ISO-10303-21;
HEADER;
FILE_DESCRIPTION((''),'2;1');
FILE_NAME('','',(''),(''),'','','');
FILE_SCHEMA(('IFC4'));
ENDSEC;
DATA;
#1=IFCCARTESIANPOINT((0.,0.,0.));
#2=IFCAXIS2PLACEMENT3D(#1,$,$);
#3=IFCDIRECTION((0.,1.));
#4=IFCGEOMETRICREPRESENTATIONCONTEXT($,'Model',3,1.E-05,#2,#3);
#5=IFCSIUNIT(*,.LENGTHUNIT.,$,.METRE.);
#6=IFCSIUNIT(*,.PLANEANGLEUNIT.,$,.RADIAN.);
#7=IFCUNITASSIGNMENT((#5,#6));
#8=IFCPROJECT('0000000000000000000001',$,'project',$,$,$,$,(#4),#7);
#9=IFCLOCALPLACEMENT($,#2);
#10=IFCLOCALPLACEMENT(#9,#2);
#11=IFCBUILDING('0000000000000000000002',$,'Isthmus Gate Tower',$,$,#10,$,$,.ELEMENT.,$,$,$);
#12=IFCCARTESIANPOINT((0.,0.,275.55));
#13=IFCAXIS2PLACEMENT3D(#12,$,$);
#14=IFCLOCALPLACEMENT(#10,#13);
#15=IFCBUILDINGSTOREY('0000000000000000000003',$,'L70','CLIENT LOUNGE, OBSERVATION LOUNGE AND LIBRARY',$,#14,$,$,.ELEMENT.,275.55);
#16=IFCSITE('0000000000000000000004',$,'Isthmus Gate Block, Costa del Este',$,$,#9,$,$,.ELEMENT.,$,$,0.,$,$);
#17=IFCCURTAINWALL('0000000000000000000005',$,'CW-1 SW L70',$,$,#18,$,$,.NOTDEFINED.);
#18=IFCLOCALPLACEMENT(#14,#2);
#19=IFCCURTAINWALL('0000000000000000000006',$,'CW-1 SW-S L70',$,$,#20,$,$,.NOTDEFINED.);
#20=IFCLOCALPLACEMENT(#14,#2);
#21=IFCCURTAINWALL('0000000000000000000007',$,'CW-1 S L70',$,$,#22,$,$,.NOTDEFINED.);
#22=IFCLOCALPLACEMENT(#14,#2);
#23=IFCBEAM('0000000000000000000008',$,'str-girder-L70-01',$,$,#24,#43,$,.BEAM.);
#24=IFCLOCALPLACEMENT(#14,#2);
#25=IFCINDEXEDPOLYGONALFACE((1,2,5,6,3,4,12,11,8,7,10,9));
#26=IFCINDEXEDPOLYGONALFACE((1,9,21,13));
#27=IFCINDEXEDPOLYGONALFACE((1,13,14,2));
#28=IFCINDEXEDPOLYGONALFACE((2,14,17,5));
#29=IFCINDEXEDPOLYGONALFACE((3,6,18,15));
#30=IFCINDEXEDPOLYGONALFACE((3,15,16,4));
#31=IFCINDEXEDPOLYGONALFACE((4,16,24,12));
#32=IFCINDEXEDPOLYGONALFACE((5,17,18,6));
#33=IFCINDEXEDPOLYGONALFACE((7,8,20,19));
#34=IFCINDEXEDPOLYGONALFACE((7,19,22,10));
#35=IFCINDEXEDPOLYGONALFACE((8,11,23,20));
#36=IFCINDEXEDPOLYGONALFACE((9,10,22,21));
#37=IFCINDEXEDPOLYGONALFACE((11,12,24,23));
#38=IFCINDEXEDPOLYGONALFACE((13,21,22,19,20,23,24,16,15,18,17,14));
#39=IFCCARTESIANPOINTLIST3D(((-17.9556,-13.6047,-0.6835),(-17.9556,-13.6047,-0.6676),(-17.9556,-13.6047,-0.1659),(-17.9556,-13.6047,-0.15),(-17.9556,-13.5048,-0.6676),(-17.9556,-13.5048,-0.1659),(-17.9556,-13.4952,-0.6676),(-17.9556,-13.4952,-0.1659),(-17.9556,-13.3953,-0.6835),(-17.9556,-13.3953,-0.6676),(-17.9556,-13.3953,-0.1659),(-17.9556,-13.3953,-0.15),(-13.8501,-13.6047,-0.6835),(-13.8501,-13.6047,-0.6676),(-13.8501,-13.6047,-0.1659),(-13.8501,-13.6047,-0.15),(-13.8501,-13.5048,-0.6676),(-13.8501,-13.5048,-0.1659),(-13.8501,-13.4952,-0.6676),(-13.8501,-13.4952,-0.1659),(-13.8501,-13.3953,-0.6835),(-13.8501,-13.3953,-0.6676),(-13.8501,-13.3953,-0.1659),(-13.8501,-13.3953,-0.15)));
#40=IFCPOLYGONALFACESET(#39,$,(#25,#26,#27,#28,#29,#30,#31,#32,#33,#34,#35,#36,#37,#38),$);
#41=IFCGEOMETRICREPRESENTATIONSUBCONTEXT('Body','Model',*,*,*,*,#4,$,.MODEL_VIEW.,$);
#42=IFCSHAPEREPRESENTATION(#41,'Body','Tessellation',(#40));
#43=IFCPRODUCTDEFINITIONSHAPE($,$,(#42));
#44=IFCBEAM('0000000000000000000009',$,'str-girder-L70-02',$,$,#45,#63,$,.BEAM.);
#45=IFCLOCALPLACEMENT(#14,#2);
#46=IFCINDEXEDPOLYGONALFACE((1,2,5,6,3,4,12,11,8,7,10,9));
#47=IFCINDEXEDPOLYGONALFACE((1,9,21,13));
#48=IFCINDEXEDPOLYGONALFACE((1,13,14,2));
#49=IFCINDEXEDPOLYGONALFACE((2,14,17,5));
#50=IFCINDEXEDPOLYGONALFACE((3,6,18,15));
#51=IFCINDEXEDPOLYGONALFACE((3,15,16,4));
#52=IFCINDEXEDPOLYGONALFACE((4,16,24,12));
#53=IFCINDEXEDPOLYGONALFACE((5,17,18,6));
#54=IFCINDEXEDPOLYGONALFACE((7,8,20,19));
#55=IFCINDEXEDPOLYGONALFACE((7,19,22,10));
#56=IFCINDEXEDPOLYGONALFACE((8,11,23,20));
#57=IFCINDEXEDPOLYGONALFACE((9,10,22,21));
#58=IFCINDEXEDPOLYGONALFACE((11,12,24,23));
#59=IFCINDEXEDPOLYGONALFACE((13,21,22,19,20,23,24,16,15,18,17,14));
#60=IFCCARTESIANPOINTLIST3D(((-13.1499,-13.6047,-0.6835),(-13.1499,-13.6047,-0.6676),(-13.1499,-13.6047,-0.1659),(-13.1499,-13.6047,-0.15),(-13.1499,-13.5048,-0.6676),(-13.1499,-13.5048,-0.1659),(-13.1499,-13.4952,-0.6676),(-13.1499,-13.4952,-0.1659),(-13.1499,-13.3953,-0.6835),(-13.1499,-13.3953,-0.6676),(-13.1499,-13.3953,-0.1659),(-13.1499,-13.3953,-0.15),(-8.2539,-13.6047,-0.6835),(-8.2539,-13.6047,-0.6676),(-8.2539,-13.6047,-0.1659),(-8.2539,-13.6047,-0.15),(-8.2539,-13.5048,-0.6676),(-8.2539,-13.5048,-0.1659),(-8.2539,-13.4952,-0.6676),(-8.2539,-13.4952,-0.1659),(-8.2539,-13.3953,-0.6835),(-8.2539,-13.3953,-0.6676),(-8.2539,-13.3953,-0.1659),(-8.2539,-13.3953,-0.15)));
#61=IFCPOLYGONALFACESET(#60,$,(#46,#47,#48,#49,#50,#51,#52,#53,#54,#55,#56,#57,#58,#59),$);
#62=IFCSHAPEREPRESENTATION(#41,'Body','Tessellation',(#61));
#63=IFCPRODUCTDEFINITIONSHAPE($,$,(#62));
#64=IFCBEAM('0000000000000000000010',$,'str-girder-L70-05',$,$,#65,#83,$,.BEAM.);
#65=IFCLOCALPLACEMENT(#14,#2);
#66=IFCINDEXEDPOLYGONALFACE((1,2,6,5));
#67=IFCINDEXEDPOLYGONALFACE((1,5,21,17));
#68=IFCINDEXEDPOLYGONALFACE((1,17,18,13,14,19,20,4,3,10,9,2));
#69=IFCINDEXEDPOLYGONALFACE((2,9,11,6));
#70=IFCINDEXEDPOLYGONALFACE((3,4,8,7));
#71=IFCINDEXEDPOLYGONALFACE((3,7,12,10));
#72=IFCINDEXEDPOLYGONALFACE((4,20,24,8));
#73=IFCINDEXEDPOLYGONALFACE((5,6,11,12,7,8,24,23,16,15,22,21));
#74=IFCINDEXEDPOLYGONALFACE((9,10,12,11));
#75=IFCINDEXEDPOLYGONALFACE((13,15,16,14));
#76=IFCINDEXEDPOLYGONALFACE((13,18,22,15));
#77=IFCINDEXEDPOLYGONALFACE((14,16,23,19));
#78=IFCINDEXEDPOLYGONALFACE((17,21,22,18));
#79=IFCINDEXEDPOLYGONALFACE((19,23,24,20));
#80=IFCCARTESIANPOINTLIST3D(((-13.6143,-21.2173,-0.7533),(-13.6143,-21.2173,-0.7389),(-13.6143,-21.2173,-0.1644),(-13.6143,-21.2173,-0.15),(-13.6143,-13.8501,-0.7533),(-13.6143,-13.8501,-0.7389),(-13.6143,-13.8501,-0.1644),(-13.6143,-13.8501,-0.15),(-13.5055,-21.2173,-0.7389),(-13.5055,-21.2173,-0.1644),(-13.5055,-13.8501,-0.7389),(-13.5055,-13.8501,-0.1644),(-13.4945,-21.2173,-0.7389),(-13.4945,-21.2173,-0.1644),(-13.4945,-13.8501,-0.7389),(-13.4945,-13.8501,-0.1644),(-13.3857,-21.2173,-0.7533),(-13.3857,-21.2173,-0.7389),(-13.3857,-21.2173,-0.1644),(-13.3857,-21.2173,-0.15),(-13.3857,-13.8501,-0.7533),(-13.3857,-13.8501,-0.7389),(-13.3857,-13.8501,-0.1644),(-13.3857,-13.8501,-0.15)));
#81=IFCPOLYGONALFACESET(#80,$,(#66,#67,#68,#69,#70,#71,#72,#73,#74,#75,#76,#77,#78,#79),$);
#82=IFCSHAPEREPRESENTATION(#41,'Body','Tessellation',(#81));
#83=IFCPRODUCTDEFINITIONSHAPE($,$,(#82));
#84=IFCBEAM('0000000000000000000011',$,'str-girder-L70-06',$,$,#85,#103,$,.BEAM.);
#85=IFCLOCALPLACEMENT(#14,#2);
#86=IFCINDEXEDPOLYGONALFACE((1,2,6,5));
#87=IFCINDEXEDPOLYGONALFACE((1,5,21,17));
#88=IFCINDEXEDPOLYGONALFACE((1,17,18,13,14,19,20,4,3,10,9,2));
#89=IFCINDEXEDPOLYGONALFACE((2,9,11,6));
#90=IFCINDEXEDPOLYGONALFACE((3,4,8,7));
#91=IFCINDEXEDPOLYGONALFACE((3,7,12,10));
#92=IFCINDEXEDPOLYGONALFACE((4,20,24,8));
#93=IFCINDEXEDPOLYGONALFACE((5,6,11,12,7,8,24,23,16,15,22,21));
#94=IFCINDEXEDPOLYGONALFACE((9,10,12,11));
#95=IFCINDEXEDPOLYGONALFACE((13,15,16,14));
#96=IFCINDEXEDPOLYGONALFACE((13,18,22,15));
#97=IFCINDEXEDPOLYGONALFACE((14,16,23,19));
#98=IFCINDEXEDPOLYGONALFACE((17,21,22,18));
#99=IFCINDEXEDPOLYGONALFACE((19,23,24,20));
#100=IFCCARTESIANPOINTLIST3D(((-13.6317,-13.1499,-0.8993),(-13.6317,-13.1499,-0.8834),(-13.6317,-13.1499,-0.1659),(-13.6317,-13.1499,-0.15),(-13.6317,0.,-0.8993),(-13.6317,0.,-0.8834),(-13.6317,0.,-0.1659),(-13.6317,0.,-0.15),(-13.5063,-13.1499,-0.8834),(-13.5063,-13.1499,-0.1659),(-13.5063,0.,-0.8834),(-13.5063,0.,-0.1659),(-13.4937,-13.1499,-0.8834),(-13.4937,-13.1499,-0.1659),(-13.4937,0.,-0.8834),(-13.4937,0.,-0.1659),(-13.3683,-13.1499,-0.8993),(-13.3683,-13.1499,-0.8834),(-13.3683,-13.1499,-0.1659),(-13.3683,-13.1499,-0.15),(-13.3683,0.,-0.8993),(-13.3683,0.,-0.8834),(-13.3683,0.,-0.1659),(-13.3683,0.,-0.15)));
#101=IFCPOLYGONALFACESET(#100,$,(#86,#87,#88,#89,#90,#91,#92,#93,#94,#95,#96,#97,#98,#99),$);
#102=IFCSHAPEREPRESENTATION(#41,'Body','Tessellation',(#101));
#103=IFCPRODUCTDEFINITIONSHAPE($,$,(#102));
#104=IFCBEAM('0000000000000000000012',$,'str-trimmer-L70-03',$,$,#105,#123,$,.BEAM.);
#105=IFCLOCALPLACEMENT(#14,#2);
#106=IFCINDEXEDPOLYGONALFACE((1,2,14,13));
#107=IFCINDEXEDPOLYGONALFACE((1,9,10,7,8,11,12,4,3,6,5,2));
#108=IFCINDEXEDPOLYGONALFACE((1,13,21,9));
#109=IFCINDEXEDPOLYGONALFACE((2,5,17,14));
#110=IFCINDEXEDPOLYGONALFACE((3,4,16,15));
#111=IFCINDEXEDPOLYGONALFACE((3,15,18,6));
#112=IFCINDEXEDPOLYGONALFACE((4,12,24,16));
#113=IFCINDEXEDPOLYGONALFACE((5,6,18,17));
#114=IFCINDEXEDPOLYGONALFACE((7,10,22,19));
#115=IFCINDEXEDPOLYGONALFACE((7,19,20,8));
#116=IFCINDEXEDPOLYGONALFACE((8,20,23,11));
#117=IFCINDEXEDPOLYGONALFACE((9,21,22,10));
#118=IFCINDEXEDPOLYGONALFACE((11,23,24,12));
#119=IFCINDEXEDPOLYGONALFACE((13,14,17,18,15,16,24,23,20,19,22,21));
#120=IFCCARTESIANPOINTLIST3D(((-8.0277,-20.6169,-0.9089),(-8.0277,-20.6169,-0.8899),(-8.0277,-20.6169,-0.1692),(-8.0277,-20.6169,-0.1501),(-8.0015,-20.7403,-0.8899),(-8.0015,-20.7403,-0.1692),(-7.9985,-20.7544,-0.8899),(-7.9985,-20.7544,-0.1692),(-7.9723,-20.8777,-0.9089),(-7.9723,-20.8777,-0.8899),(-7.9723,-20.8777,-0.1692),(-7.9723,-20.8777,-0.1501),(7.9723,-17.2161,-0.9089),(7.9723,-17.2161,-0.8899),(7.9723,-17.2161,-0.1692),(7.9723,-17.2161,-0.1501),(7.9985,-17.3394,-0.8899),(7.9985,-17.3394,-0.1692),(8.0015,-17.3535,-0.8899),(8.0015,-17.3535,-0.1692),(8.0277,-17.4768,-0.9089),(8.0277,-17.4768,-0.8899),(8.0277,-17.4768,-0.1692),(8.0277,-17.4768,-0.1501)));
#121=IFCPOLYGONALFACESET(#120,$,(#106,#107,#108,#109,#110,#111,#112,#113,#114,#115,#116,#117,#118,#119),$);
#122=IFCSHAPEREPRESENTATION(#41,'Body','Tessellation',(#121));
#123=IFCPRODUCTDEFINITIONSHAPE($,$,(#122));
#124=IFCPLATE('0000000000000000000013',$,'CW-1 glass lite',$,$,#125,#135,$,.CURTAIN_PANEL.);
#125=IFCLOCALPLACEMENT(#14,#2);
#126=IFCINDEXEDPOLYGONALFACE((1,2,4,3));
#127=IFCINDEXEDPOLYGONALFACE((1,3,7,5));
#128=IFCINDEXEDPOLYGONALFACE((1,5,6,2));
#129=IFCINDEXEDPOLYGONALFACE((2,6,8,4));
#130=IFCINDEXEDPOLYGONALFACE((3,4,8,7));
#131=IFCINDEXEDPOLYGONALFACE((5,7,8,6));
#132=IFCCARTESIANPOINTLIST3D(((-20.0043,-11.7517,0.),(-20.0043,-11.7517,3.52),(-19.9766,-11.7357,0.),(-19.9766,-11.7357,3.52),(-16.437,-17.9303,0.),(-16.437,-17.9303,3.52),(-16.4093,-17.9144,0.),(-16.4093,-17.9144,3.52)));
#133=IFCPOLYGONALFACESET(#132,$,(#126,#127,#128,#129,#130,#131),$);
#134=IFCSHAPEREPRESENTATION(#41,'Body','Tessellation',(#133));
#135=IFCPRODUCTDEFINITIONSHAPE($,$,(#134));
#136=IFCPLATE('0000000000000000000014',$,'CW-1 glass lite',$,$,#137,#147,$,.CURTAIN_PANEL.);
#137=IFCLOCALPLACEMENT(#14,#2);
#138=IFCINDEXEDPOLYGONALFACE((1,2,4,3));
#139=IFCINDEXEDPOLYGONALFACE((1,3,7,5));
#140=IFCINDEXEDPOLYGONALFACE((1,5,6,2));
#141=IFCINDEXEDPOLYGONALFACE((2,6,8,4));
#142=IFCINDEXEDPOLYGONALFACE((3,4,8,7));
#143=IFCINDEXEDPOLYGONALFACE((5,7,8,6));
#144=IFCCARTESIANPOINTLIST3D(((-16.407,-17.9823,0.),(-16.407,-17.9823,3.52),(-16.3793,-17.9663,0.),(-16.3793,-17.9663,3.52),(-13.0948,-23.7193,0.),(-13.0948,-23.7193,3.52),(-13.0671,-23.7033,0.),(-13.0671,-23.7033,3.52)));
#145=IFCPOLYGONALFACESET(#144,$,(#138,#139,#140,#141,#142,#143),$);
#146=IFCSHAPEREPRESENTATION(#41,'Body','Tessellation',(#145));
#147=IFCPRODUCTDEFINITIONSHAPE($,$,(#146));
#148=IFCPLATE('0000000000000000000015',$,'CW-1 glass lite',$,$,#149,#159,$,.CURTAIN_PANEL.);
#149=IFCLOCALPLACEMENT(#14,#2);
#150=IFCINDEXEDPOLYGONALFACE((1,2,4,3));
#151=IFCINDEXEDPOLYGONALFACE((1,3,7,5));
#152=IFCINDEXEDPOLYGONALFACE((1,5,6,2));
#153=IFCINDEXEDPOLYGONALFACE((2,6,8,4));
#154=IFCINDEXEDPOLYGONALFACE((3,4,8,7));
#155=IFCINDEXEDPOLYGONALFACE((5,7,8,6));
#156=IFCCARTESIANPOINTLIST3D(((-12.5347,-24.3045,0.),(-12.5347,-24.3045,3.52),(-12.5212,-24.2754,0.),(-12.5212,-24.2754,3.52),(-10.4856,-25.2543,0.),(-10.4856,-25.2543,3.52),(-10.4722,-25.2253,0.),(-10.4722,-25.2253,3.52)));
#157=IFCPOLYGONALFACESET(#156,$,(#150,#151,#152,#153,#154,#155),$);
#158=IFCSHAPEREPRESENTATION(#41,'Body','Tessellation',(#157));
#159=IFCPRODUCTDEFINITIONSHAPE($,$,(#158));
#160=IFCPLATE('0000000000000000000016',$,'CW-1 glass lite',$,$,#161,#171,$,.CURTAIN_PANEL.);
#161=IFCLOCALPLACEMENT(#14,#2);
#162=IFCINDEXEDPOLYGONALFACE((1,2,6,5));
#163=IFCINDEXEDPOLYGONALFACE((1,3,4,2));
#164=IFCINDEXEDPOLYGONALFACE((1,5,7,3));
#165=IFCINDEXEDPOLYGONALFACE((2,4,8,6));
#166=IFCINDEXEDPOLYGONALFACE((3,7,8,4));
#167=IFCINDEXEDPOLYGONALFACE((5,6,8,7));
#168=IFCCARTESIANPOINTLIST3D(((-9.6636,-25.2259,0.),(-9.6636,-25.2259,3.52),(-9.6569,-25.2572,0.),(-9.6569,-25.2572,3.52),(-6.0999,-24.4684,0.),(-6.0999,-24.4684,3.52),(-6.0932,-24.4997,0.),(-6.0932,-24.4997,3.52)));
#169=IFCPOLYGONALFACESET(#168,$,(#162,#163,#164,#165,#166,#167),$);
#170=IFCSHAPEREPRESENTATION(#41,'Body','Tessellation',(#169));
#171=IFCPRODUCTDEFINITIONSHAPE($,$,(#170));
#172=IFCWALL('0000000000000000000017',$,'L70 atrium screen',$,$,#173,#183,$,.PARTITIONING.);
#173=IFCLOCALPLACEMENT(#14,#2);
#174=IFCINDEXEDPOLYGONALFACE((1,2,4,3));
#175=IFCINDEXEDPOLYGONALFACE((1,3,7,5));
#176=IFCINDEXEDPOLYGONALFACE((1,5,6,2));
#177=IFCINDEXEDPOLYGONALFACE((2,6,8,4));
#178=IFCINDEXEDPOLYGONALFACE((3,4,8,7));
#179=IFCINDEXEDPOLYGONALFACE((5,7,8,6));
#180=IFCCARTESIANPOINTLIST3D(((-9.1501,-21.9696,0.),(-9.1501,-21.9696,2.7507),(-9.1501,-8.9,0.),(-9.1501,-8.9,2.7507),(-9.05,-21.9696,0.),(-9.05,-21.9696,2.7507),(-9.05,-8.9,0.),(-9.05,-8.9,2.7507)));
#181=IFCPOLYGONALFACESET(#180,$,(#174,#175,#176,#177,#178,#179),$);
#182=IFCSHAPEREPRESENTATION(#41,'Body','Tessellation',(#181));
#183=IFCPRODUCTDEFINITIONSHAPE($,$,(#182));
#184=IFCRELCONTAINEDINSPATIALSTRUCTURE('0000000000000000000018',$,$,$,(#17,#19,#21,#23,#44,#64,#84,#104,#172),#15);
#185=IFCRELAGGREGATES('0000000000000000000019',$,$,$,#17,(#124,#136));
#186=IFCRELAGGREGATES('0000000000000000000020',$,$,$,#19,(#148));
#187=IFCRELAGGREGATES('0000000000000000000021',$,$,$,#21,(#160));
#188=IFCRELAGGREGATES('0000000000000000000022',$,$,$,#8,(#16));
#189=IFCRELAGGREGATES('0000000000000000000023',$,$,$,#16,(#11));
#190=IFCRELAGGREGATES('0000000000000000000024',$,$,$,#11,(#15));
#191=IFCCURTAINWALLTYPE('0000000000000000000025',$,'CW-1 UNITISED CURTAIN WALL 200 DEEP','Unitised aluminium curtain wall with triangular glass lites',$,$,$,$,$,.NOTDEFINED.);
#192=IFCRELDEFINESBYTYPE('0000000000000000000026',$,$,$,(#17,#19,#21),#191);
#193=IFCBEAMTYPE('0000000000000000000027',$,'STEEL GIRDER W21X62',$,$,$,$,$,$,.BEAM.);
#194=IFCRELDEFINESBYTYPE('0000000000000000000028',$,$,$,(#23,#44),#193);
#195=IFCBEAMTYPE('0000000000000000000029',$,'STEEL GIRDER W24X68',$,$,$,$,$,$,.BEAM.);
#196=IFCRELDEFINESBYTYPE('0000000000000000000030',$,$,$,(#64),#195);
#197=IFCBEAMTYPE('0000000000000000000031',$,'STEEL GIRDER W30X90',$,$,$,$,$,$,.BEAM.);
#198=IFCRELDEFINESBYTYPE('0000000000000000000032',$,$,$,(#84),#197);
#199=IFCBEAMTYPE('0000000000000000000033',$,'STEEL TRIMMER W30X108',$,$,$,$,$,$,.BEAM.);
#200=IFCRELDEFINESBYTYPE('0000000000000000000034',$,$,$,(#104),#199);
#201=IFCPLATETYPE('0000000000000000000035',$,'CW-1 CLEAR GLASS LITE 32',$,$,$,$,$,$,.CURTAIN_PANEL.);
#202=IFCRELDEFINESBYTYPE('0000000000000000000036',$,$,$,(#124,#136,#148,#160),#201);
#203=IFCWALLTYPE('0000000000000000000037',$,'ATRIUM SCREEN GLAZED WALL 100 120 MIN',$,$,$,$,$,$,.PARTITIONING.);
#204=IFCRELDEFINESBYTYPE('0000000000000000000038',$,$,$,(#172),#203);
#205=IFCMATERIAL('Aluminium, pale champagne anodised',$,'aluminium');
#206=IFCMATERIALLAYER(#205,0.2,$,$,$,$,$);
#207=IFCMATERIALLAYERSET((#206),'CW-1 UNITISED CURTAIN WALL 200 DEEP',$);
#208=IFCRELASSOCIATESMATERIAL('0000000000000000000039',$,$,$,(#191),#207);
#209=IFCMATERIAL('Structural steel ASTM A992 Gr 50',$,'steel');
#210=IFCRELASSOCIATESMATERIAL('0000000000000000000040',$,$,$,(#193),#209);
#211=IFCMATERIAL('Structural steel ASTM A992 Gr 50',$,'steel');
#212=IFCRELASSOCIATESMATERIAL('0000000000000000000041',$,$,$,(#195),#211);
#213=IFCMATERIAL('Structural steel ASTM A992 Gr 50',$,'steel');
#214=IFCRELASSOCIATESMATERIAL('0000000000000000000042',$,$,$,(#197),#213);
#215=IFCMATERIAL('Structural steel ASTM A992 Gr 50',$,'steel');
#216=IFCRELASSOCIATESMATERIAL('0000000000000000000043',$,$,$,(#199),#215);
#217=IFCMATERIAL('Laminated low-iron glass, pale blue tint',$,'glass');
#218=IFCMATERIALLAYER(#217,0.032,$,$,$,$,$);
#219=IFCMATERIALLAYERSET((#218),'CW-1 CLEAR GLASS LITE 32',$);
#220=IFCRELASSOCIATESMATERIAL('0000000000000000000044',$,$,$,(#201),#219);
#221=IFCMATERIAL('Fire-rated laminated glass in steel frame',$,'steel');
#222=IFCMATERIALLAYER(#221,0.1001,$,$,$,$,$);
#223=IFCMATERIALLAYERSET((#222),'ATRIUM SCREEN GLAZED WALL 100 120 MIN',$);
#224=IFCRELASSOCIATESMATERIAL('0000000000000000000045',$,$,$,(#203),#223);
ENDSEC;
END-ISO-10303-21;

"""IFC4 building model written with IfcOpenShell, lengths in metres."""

from ifc_helpers import new_model, si_unit, direction, frame, frame_2d, origin, origin_2d, place, context, subcontext, project, spatial, rectangle, i_section, extrude, material, layer, layer_set, material_profile, profile_set, type_object, element, aggregate, save


model = new_model("IFC4")

# Units and contexts
model_context = context("Model", 3, precision=1e-05, world=origin(), true_north=direction((0.0, 1.0)))
body_context = subcontext(model_context, "Body", "Model", "MODEL_VIEW")
ifc_project = project(units=[si_unit("LENGTHUNIT", "METRE"), si_unit("PLANEANGLEUNIT", "RADIAN")], contexts=[model_context])

# Site, building, storey
site_placement = place(None, origin())
site = spatial("IfcSite", under=ifc_project, at=site_placement, Name="Isthmus Gate Block, Costa del Este", CompositionType="ELEMENT", RefElevation=0.0)
building_placement = place(site_placement, origin())
building = spatial("IfcBuilding", under=site, at=building_placement, Name="Isthmus Gate Tower", CompositionType="ELEMENT")
storey_placement = place(building_placement, frame((0.0, 0.0, 275.55)))
storey = spatial("IfcBuildingStorey", under=building, at=storey_placement, Name="L70", Description="CLIENT LOUNGE, OBSERVATION LOUNGE AND LIBRARY", CompositionType="ELEMENT", Elevation=275.55)

# Curtain walls
ifc_material_1 = material(Name="Aluminium, pale champagne anodised", Category="aluminium")
ifc_layer_1 = layer(ifc_material_1, 0.2)
ifc_layer_set_1 = layer_set([ifc_layer_1], Name="CW-1 UNITISED CURTAIN WALL 200 DEEP")
curtain_wall_type = type_object("IfcCurtainWallType", Name="CW-1 UNITISED CURTAIN WALL 200 DEEP", Description="Unitised aluminium curtain wall with triangular glass lites", PredefinedType="NOTDEFINED", material=ifc_layer_set_1)
curtain_wall_1_placement = place(storey_placement, origin())
curtain_wall_1 = element("IfcCurtainWall", 1, at=curtain_wall_1_placement, inside=storey, type_object=curtain_wall_type, Name="CW-1 SW L70", PredefinedType="NOTDEFINED")
curtain_wall_2_placement = place(storey_placement, origin())
curtain_wall_2 = element("IfcCurtainWall", 2, at=curtain_wall_2_placement, inside=storey, type_object=curtain_wall_type, Name="CW-1 SW-S L70", PredefinedType="NOTDEFINED")

# Curtain wall
curtain_wall_3_placement = place(storey_placement, origin())
curtain_wall_3 = element("IfcCurtainWall", 3, at=curtain_wall_3_placement, inside=storey, type_object=curtain_wall_type, Name="CW-1 S L70", PredefinedType="NOTDEFINED")

# Beams
ifc_material_2 = material(Name="Structural steel ASTM A992 Gr 50", Category="steel")
ifc_material_profile_1 = material_profile(ifc_material_2, i_section(OverallWidth=0.2095, OverallDepth=0.5334, WebThickness=0.0095, FlangeThickness=0.0159, at=origin_2d()), Name="W21X62")
ifc_profile_set_1 = profile_set([ifc_material_profile_1], Name="Structural steel ASTM A992 Gr 50")
beam_type_1 = type_object("IfcBeamType", Name="STEEL GIRDER W21X62", PredefinedType="BEAM", material=ifc_profile_set_1)
beam_1_placement = place(storey_placement, frame((-17.9556, -13.5, -0.4167), z_axis=(1.0, 0.0, 0.0), x_axis=(0.0, 1.0, 0.0)))
element("IfcBeam", 4, at=beam_1_placement, inside=storey, type_object=beam_type_1, Name="str-girder-L70-01", PredefinedType="BEAM", context=body_context, shape_type="SweptSolid", body=[
    extrude(i_section(OverallWidth=0.2095, OverallDepth=0.5334, WebThickness=0.0095, FlangeThickness=0.0159, at=origin_2d()), origin(), (0.0, 0.0, 1.0), 4.1055),
])
beam_2_placement = place(storey_placement, frame((-13.1499, -13.5, -0.4167), z_axis=(1.0, 0.0, 0.0), x_axis=(0.0, 1.0, 0.0)))
element("IfcBeam", 5, at=beam_2_placement, inside=storey, type_object=beam_type_1, Name="str-girder-L70-02", PredefinedType="BEAM", context=body_context, shape_type="SweptSolid", body=[
    extrude(i_section(OverallWidth=0.2095, OverallDepth=0.5334, WebThickness=0.0095, FlangeThickness=0.0159, at=origin_2d()), origin(), (0.0, 0.0, 1.0), 4.896),
])
ifc_material_3 = material(Name="Structural steel ASTM A992 Gr 50", Category="steel")
ifc_material_profile_2 = material_profile(ifc_material_3, i_section(OverallWidth=0.2285, OverallDepth=0.6033, WebThickness=0.011, FlangeThickness=0.0144, at=origin_2d()), Name="W24X68")
ifc_profile_set_2 = profile_set([ifc_material_profile_2], Name="Structural steel ASTM A992 Gr 50")
beam_type_2 = type_object("IfcBeamType", Name="STEEL GIRDER W24X68", PredefinedType="BEAM", material=ifc_profile_set_2)
beam_3_placement = place(storey_placement, frame((-13.5, -21.2173, -0.4517), z_axis=(0.0, 1.0, 0.0), x_axis=(-1.0, 0.0, 0.0)))
element("IfcBeam", 6, at=beam_3_placement, inside=storey, type_object=beam_type_2, Name="str-girder-L70-05", PredefinedType="BEAM", context=body_context, shape_type="SweptSolid", body=[
    extrude(i_section(OverallWidth=0.2285, OverallDepth=0.6033, WebThickness=0.011, FlangeThickness=0.0144, at=origin_2d()), origin(), (0.0, 0.0, 1.0), 7.3672),
])
ifc_material_4 = material(Name="Structural steel ASTM A992 Gr 50", Category="steel")
ifc_material_profile_3 = material_profile(ifc_material_4, i_section(OverallWidth=0.2634, OverallDepth=0.7493, WebThickness=0.0127, FlangeThickness=0.0159, at=origin_2d()), Name="W30X90")
ifc_profile_set_3 = profile_set([ifc_material_profile_3], Name="Structural steel ASTM A992 Gr 50")
beam_type_3 = type_object("IfcBeamType", Name="STEEL GIRDER W30X90", PredefinedType="BEAM", material=ifc_profile_set_3)
beam_4_placement = place(storey_placement, frame((-13.5, -13.1499, -0.5247), z_axis=(0.0, 1.0, 0.0), x_axis=(-1.0, 0.0, 0.0)))
element("IfcBeam", 7, at=beam_4_placement, inside=storey, type_object=beam_type_3, Name="str-girder-L70-06", PredefinedType="BEAM", context=body_context, shape_type="SweptSolid", body=[
    extrude(i_section(OverallWidth=0.2634, OverallDepth=0.7493, WebThickness=0.0127, FlangeThickness=0.0159, at=origin_2d()), origin(), (0.0, 0.0, 1.0), 13.1499),
])
ifc_material_5 = material(Name="Structural steel ASTM A992 Gr 50", Category="steel")
ifc_material_profile_4 = material_profile(ifc_material_5, i_section(OverallWidth=0.2666, OverallDepth=0.7588, WebThickness=0.0144, FlangeThickness=0.019, at=origin_2d()), Name="W30X108")
ifc_profile_set_4 = profile_set([ifc_material_profile_4], Name="Structural steel ASTM A992 Gr 50")
beam_type_4 = type_object("IfcBeamType", Name="STEEL TRIMMER W30X108", PredefinedType="BEAM", material=ifc_profile_set_4)
beam_5_placement = place(storey_placement, frame((-8.0, -20.7473, -0.5295), z_axis=(0.978148, 0.20791, 0.0), x_axis=(-0.20791, 0.978148, 0.0)))
element("IfcBeam", 8, at=beam_5_placement, inside=storey, type_object=beam_type_4, Name="str-trimmer-L70-03", PredefinedType="BEAM", context=body_context, shape_type="SweptSolid", body=[
    extrude(i_section(OverallWidth=0.2666, OverallDepth=0.7588, WebThickness=0.0144, FlangeThickness=0.019, at=origin_2d()), origin(), (0.0, 0.0, 1.0), 16.3574),
])

# Plates
ifc_material_6 = material(Name="Laminated low-iron glass, pale blue tint", Category="glass")
ifc_layer_2 = layer(ifc_material_6, 0.032)
ifc_layer_set_2 = layer_set([ifc_layer_2], Name="CW-1 CLEAR GLASS LITE 32")
plate_type = type_object("IfcPlateType", Name="CW-1 CLEAR GLASS LITE 32", PredefinedType="CURTAIN_PANEL", material=ifc_layer_set_2)
plate_1_placement = place(storey_placement, frame((-18.2068, -14.833, 0.0), z_axis=(0.0, 0.0, 1.0), x_axis=(0.5, -0.866025, 0.0)))
plate_1 = element("IfcPlate", 9, at=plate_1_placement, type_object=plate_type, Name="CW-1 glass lite", PredefinedType="CURTAIN_PANEL", context=body_context, shape_type="SweptSolid", body=[
    extrude(rectangle(XDim=7.1345, YDim=0.032, at=origin_2d()), origin(), (0.0, 0.0, 1.0), 3.52),
])
plate_2_placement = place(storey_placement, frame((-14.7371, -20.8428, 0.0), z_axis=(0.0, 0.0, 1.0), x_axis=(0.5, -0.866025, 0.0)))
plate_2 = element("IfcPlate", 10, at=plate_2_placement, type_object=plate_type, Name="CW-1 glass lite", PredefinedType="CURTAIN_PANEL", context=body_context, shape_type="SweptSolid", body=[
    extrude(rectangle(XDim=6.6245, YDim=0.032, at=origin_2d()), origin(), (0.0, 0.0, 1.0), 3.52),
])
aggregate(curtain_wall_1, [plate_1, plate_2])
plate_3_placement = place(storey_placement, frame((-11.5034, -24.7649, 0.0), z_axis=(0.0, 0.0, 1.0), x_axis=(0.907256, -0.420578, 0.0)))
plate_3 = element("IfcPlate", 11, at=plate_3_placement, type_object=plate_type, Name="CW-1 glass lite", PredefinedType="CURTAIN_PANEL", context=body_context, shape_type="SweptSolid", body=[
    extrude(rectangle(XDim=2.2585, YDim=0.032, at=origin_2d()), origin(), (0.0, 0.0, 1.0), 3.52),
])
aggregate(curtain_wall_2, [plate_3])
plate_4_placement = place(storey_placement, frame((-7.8784, -24.8628, 0.0), z_axis=(0.0, 0.0, 1.0), x_axis=(0.978148, 0.207912, 0.0)))
plate_4 = element("IfcPlate", 12, at=plate_4_placement, type_object=plate_type, Name="CW-1 glass lite", PredefinedType="CURTAIN_PANEL", context=body_context, shape_type="SweptSolid", body=[
    extrude(rectangle(XDim=3.6433, YDim=0.032, at=origin_2d()), origin(), (0.0, 0.0, 1.0), 3.52),
])

# Wall
ifc_material_7 = material(Name="Fire-rated laminated glass in steel frame", Category="steel")
ifc_layer_3 = layer(ifc_material_7, 0.1001)
ifc_layer_set_3 = layer_set([ifc_layer_3], Name="ATRIUM SCREEN GLAZED WALL 100 120 MIN")
wall_type = type_object("IfcWallType", Name="ATRIUM SCREEN GLAZED WALL 100 120 MIN", PredefinedType="PARTITIONING", material=ifc_layer_set_3)
wall_placement = place(storey_placement, frame((-9.1001, -21.9695, 0.0), z_axis=(0.0, 0.0, 1.0), x_axis=(0.0, 1.0, 0.0)))
element("IfcWall", 13, at=wall_placement, inside=storey, type_object=wall_type, Name="L70 atrium screen", PredefinedType="PARTITIONING", context=body_context, shape_type="SweptSolid", body=[
    extrude(rectangle(XDim=13.0696, YDim=0.1001, at=frame_2d((6.5347, 0.0))), origin(), (0.0, 0.0, 1.0), 2.7507),
])

aggregate(curtain_wall_3, [plate_4])

save(model, "model.ifc")
